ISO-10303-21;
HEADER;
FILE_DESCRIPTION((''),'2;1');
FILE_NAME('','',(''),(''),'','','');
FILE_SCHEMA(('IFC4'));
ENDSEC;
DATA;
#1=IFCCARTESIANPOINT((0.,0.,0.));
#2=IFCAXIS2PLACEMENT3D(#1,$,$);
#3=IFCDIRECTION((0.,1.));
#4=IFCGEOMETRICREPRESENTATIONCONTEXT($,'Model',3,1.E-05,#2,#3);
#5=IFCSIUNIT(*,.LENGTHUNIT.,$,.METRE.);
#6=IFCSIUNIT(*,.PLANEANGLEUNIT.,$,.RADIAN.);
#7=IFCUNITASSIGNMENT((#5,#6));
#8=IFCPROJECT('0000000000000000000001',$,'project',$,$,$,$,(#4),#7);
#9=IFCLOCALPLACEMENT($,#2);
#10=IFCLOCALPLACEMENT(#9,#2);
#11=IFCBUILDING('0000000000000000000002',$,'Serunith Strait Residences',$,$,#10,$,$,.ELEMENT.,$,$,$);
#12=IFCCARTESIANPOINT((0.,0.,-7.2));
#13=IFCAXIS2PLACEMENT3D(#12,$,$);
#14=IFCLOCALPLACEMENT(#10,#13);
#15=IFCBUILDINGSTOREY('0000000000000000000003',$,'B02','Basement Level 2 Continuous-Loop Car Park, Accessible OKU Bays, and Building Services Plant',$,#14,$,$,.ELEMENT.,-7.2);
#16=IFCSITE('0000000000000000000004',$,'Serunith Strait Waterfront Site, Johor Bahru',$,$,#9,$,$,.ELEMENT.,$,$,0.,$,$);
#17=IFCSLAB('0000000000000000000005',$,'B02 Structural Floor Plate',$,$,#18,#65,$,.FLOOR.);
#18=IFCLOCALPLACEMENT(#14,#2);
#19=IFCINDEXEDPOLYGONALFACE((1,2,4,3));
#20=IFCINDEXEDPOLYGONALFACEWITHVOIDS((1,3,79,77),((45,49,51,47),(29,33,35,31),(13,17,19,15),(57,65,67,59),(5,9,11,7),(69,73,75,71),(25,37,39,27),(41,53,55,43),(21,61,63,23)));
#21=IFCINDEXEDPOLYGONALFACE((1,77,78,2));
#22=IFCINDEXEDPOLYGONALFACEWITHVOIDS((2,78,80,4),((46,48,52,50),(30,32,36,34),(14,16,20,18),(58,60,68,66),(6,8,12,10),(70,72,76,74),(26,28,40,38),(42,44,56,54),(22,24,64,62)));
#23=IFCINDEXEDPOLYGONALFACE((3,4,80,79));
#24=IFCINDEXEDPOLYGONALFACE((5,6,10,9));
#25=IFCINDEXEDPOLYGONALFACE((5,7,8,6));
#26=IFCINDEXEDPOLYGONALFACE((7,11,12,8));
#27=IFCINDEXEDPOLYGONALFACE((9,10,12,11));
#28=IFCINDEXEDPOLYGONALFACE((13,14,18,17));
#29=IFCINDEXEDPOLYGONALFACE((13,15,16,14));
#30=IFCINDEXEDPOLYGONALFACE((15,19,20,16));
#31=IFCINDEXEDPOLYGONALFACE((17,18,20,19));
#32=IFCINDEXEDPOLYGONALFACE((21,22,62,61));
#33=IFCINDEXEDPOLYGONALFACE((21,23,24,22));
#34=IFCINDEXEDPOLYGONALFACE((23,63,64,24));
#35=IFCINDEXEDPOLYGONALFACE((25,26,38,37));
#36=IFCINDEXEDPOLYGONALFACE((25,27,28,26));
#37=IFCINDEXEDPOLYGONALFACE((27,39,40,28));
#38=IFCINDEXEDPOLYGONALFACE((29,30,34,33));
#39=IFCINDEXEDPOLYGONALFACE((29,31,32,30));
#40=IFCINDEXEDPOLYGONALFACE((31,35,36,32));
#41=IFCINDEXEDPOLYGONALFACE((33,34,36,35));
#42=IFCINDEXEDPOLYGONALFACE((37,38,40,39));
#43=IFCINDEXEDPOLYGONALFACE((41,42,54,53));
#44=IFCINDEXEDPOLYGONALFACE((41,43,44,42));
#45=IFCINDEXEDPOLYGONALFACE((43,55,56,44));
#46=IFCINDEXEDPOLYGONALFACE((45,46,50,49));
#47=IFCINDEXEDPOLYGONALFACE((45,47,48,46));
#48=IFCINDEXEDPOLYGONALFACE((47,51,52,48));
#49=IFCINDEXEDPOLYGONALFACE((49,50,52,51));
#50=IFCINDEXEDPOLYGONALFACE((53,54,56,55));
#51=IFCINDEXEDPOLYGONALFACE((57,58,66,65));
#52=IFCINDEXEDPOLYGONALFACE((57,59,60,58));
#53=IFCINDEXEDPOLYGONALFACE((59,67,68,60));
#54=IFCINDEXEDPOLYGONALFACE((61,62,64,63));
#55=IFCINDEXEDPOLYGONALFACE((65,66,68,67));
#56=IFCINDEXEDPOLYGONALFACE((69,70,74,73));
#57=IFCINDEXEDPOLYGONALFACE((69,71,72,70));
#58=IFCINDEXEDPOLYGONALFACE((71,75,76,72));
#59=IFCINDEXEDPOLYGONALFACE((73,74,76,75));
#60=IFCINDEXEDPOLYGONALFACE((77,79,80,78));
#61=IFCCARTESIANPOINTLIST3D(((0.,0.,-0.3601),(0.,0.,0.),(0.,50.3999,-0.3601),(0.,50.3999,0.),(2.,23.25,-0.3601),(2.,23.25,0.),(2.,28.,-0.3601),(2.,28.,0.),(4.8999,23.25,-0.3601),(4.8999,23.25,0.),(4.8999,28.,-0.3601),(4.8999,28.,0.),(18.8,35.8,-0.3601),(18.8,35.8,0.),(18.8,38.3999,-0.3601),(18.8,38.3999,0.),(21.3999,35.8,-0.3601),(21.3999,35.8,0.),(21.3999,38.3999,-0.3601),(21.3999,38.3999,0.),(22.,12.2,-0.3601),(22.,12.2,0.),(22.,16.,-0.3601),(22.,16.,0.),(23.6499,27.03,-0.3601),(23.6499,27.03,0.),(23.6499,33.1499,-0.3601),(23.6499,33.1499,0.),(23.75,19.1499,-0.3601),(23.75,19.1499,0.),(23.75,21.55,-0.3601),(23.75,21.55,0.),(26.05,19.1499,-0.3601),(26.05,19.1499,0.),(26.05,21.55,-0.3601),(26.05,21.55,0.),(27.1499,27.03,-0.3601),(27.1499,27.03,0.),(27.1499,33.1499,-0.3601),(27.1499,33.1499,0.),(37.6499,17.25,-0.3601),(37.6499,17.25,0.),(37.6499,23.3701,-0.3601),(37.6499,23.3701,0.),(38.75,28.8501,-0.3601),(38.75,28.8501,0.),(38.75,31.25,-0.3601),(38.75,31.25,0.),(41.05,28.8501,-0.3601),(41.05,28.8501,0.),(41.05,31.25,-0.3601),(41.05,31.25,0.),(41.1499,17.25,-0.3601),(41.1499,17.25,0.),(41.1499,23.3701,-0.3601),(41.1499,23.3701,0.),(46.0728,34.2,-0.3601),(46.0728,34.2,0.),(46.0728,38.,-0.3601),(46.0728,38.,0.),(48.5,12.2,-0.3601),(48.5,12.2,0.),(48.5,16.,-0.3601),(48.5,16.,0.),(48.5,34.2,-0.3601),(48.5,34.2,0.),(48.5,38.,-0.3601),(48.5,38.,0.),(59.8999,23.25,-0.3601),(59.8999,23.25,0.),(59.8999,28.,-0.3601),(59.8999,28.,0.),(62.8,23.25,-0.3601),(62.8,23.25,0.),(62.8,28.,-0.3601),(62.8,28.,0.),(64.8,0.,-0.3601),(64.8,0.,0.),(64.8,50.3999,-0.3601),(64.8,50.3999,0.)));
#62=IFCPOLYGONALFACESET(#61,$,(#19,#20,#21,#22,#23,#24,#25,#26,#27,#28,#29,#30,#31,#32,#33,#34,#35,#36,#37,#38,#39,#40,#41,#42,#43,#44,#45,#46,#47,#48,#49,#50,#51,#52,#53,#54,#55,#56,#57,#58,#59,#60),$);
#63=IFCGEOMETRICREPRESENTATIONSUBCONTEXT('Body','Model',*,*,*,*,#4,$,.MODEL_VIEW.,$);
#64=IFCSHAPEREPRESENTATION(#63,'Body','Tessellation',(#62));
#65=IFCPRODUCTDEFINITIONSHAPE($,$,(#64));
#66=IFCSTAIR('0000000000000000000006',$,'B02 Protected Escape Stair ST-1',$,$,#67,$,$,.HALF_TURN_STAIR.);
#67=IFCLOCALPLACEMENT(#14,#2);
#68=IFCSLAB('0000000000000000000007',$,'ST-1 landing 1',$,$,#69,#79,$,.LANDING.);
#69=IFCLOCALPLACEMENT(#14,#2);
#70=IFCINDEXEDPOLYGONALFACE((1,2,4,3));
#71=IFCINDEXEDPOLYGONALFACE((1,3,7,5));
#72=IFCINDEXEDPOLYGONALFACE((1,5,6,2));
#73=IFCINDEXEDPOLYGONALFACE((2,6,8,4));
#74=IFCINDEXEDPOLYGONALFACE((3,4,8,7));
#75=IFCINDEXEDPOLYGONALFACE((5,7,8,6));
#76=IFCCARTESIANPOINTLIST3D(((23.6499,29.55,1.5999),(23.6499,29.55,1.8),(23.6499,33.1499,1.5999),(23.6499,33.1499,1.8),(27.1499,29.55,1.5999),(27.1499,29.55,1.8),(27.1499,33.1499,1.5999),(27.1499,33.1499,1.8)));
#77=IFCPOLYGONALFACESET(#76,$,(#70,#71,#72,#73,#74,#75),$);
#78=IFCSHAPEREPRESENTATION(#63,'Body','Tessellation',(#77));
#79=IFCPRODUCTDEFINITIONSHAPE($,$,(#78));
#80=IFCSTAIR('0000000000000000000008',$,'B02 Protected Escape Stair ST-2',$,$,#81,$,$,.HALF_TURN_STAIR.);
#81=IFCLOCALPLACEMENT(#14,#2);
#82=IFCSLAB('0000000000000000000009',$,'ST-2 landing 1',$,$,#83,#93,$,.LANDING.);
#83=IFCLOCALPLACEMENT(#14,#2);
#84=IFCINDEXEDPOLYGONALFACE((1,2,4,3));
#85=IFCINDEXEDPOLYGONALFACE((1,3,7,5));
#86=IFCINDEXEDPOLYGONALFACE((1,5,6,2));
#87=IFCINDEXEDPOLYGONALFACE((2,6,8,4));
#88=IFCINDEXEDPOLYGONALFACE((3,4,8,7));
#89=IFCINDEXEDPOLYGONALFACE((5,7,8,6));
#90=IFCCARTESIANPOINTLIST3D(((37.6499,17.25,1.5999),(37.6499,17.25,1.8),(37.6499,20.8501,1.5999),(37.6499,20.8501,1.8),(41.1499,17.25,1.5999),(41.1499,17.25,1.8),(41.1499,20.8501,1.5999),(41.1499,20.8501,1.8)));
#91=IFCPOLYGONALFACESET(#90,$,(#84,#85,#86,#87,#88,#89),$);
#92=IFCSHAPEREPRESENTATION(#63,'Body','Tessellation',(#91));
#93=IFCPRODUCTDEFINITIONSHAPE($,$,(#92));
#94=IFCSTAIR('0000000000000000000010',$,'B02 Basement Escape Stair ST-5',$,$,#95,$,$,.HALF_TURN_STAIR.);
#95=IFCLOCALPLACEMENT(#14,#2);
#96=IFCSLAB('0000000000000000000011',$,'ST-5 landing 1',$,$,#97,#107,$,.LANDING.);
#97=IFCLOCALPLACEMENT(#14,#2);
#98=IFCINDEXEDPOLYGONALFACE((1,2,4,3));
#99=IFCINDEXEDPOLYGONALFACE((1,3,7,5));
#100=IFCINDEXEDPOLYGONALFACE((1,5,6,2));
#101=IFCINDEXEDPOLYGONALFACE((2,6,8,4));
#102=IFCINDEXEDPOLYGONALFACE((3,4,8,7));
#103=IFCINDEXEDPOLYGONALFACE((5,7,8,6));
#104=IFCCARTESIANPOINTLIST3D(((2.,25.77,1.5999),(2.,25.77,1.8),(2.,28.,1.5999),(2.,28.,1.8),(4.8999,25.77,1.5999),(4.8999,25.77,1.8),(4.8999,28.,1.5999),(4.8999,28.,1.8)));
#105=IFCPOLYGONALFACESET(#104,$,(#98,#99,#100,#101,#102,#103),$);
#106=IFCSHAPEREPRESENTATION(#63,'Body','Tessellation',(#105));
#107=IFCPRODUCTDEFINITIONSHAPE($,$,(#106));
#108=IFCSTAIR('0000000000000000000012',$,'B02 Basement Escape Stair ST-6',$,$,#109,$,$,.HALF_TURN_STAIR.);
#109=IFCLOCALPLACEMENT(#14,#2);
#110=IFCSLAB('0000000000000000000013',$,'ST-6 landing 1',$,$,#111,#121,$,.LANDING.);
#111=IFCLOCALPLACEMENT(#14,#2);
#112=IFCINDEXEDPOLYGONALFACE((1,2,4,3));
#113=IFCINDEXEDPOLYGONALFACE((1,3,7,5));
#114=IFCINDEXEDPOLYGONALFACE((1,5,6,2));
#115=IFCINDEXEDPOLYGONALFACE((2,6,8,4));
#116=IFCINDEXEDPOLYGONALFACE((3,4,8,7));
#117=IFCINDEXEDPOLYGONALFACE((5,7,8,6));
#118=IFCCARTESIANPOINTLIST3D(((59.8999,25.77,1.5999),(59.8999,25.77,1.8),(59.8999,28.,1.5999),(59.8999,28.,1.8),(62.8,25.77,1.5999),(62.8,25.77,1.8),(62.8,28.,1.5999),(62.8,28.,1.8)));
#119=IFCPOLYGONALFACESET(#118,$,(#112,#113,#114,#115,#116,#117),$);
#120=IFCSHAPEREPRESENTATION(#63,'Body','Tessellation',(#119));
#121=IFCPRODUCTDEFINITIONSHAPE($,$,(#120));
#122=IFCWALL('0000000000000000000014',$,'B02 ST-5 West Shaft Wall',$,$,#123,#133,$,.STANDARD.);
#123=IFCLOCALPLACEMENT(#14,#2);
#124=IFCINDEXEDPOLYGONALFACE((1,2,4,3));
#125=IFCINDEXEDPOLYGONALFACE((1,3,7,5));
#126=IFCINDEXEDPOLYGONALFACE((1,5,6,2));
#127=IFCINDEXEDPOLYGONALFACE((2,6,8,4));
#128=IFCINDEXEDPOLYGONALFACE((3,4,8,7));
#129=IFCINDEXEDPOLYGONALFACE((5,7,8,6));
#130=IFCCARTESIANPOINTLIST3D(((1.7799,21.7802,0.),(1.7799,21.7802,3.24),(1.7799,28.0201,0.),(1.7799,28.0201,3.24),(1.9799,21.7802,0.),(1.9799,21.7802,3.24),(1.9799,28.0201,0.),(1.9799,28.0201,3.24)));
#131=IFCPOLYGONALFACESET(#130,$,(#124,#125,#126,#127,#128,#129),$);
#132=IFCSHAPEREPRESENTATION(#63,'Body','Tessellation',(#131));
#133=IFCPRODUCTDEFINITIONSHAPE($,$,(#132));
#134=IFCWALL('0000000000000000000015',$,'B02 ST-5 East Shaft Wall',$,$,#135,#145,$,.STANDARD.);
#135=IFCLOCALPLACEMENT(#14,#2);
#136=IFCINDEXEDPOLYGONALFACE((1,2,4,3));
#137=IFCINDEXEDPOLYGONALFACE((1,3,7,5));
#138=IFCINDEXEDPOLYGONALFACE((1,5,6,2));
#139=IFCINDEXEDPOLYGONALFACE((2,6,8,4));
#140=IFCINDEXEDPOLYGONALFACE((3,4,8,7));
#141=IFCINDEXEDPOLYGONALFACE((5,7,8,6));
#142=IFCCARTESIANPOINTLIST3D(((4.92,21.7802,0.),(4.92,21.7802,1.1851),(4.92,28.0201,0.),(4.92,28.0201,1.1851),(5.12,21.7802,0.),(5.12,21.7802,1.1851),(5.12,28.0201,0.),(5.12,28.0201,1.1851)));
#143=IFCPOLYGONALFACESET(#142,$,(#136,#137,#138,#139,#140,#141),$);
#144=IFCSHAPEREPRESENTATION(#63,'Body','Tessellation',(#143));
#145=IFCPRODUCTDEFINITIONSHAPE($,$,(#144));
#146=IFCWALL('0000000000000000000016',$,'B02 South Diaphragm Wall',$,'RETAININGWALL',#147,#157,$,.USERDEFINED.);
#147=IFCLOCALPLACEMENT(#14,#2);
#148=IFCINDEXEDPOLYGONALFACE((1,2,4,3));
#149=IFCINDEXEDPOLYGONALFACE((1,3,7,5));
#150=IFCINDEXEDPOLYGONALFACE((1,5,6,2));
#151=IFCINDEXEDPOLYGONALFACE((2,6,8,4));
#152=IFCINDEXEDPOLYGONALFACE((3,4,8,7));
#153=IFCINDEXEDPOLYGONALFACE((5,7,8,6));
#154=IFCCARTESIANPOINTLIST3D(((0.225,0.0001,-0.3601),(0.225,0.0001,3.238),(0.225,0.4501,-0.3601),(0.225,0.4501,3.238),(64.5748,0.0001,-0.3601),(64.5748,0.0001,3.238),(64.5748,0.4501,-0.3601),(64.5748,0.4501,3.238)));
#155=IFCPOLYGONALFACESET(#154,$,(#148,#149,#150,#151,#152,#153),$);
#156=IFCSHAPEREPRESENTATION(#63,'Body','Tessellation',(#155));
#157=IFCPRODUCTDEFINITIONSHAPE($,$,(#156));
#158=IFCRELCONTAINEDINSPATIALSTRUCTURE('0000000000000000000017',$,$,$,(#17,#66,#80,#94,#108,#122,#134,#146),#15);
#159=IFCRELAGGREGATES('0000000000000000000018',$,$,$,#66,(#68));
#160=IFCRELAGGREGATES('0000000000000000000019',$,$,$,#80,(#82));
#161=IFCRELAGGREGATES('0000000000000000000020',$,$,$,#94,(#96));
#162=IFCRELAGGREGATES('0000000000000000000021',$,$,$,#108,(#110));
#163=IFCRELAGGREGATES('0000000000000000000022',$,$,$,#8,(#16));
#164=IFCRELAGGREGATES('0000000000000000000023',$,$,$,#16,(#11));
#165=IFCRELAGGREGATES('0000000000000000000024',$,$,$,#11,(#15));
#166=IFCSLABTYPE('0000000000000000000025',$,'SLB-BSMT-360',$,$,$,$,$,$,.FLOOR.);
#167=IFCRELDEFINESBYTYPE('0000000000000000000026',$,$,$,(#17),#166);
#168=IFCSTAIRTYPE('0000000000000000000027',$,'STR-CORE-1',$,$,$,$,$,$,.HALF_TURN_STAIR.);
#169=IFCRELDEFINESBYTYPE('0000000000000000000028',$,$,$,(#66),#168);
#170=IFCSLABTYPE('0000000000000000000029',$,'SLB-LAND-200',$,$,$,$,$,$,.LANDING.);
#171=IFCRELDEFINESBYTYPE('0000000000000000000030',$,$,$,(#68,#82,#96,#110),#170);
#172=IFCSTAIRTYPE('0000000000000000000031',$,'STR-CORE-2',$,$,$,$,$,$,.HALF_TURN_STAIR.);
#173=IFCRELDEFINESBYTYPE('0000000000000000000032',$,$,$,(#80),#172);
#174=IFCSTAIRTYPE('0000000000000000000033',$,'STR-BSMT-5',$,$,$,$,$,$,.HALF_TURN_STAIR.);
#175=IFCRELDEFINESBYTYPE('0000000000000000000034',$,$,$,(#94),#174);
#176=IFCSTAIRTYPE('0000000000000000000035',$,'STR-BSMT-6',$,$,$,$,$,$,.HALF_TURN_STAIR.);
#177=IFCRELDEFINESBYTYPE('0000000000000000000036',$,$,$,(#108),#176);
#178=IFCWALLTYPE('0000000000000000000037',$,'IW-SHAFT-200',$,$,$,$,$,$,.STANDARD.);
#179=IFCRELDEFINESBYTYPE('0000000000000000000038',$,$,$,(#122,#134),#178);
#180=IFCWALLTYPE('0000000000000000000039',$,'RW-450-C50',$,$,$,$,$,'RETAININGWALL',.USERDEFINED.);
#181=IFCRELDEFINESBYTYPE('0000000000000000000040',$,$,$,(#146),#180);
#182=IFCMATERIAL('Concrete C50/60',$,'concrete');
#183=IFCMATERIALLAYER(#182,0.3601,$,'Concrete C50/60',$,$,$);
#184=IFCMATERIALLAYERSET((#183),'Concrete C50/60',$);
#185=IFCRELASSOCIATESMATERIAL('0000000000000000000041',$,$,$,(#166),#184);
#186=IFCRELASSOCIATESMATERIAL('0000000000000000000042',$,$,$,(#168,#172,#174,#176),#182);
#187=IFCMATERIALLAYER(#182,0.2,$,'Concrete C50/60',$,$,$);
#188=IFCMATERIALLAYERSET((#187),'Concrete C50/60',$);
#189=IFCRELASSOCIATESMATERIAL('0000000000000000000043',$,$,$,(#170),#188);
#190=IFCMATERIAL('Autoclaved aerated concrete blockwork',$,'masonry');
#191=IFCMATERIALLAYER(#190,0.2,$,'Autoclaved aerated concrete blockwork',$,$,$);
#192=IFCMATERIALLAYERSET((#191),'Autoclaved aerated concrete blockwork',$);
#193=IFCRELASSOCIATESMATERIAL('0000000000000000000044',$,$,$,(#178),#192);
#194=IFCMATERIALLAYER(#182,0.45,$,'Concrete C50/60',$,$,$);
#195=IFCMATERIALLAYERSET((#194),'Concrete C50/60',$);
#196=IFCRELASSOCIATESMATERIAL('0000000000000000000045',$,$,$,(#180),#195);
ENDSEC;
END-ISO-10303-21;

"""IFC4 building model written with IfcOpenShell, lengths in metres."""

from ifc_helpers import new_model, si_unit, direction, frame, frame_2d, origin, place, context, subcontext, project, spatial, polyline, rectangle, outline, extrude, material, layer, layer_set, type_object, element, aggregate, save


model = new_model("IFC4")

# Units and contexts
model_context = context("Model", 3, precision=1e-05, world=origin(), true_north=direction((0.0, 1.0)))
body_context = subcontext(model_context, "Body", "Model", "MODEL_VIEW")
ifc_project = project(units=[si_unit("LENGTHUNIT", "METRE"), si_unit("PLANEANGLEUNIT", "RADIAN")], contexts=[model_context])

# Site, building, storey
site_placement = place(None, origin())
site = spatial("IfcSite", under=ifc_project, at=site_placement, Name="Serunith Strait Waterfront Site, Johor Bahru", CompositionType="ELEMENT", RefElevation=0.0)
building_placement = place(site_placement, origin())
building = spatial("IfcBuilding", under=site, at=building_placement, Name="Serunith Strait Residences", CompositionType="ELEMENT")
storey_placement = place(building_placement, frame((0.0, 0.0, -7.2)))
storey = spatial("IfcBuildingStorey", under=building, at=storey_placement, Name="B02", Description="Basement Level 2 Continuous-Loop Car Park, Accessible OKU Bays, and Building Services Plant", CompositionType="ELEMENT", Elevation=-7.2)

# Slab
ifc_material_1 = material(Name="Concrete C50/60", Category="concrete")
ifc_layer_1 = layer(ifc_material_1, 0.3601, Name="Concrete C50/60")
ifc_layer_set_1 = layer_set([ifc_layer_1], Name="Concrete C50/60")
slab_type_1 = type_object("IfcSlabType", Name="SLB-BSMT-360", PredefinedType="FLOOR", material=ifc_layer_set_1)
slab_1_placement = place(storey_placement, frame((0.0, 0.0, -0.3601)))
element("IfcSlab", 1, at=slab_1_placement, inside=storey, type_object=slab_type_1, Name="B02 Structural Floor Plate", PredefinedType="FLOOR", context=body_context, shape_type="SweptSolid", body=[
    extrude(outline(polyline([(0.0, 50.3999), (64.8, 50.3999), (64.8, 0.0), (0.0, 0.0), (0.0, 50.3999)]), holes=[polyline([(59.8999, 28.0), (59.8999, 23.25), (62.8, 23.25), (62.8, 28.0), (59.8999, 28.0)]), polyline([(48.5, 16.0), (22.0, 16.0), (22.0, 12.2), (48.5, 12.2), (48.5, 16.0)]), polyline([(48.5, 34.2), (48.5, 38.0), (46.0728, 38.0), (46.0728, 34.2), (48.5, 34.2)]), polyline([(41.1499, 17.25), (41.1499, 23.3701), (37.6499, 23.3701), (37.6499, 17.25), (41.1499, 17.25)]), polyline([(41.05, 31.25), (38.75, 31.25), (38.75, 28.8501), (41.05, 28.8501), (41.05, 31.25)]), polyline([(23.6499, 33.1499), (23.6499, 27.03), (27.1499, 27.03), (27.1499, 33.1499), (23.6499, 33.1499)]), polyline([(26.05, 21.55), (23.75, 21.55), (23.75, 19.1499), (26.05, 19.1499), (26.05, 21.55)]), polyline([(21.3999, 35.8), (21.3999, 38.3999), (18.8, 38.3999), (18.8, 35.8), (21.3999, 35.8)]), polyline([(2.0, 28.0), (2.0, 23.25), (4.8999, 23.25), (4.8999, 28.0), (2.0, 28.0)])]), origin(), (0.0, 0.0, 1.0), 0.3601),
])

# Stairs, slabs
stair_type_1 = type_object("IfcStairType", Name="STR-CORE-1", PredefinedType="HALF_TURN_STAIR", material=ifc_material_1)
stair_1_placement = place(storey_placement, origin())
stair_1 = element("IfcStair", 2, at=stair_1_placement, inside=storey, type_object=stair_type_1, Name="B02 Protected Escape Stair ST-1", PredefinedType="HALF_TURN_STAIR")
ifc_layer_2 = layer(ifc_material_1, 0.2, Name="Concrete C50/60")
ifc_layer_set_2 = layer_set([ifc_layer_2], Name="Concrete C50/60")
slab_type_2 = type_object("IfcSlabType", Name="SLB-LAND-200", PredefinedType="LANDING", material=ifc_layer_set_2)
slab_2_placement = place(storey_placement, frame((0.0, 0.0, 1.5999)))
slab_2 = element("IfcSlab", 3, at=slab_2_placement, type_object=slab_type_2, Name="ST-1 landing 1", PredefinedType="LANDING", context=body_context, shape_type="SweptSolid", body=[
    extrude(outline(polyline([(27.1499, 29.55), (27.1499, 33.1499), (23.6499, 33.1499), (23.6499, 29.55), (27.1499, 29.55)])), origin(), (0.0, 0.0, 1.0), 0.2002),
])
aggregate(stair_1, [slab_2])
stair_type_2 = type_object("IfcStairType", Name="STR-CORE-2", PredefinedType="HALF_TURN_STAIR", material=ifc_material_1)
stair_2_placement = place(storey_placement, origin())
stair_2 = element("IfcStair", 4, at=stair_2_placement, inside=storey, type_object=stair_type_2, Name="B02 Protected Escape Stair ST-2", PredefinedType="HALF_TURN_STAIR")
slab_3_placement = place(storey_placement, frame((0.0, 0.0, 1.5999)))
slab_3 = element("IfcSlab", 5, at=slab_3_placement, type_object=slab_type_2, Name="ST-2 landing 1", PredefinedType="LANDING", context=body_context, shape_type="SweptSolid", body=[
    extrude(outline(polyline([(37.6499, 20.8501), (37.6499, 17.25), (41.1499, 17.25), (41.1499, 20.8501), (37.6499, 20.8501)])), origin(), (0.0, 0.0, 1.0), 0.2002),
])
aggregate(stair_2, [slab_3])
stair_type_3 = type_object("IfcStairType", Name="STR-BSMT-5", PredefinedType="HALF_TURN_STAIR", material=ifc_material_1)
stair_3_placement = place(storey_placement, origin())
stair_3 = element("IfcStair", 6, at=stair_3_placement, inside=storey, type_object=stair_type_3, Name="B02 Basement Escape Stair ST-5", PredefinedType="HALF_TURN_STAIR")
slab_4_placement = place(storey_placement, frame((0.0, 0.0, 1.5999)))
slab_4 = element("IfcSlab", 7, at=slab_4_placement, type_object=slab_type_2, Name="ST-5 landing 1", PredefinedType="LANDING", context=body_context, shape_type="SweptSolid", body=[
    extrude(outline(polyline([(4.8999, 25.77), (4.8999, 28.0), (2.0, 28.0), (2.0, 25.77), (4.8999, 25.77)])), origin(), (0.0, 0.0, 1.0), 0.2002),
])
aggregate(stair_3, [slab_4])
stair_type_4 = type_object("IfcStairType", Name="STR-BSMT-6", PredefinedType="HALF_TURN_STAIR", material=ifc_material_1)
stair_4_placement = place(storey_placement, origin())
stair_4 = element("IfcStair", 8, at=stair_4_placement, inside=storey, type_object=stair_type_4, Name="B02 Basement Escape Stair ST-6", PredefinedType="HALF_TURN_STAIR")
slab_5_placement = place(storey_placement, frame((0.0, 0.0, 1.5999)))
slab_5 = element("IfcSlab", 9, at=slab_5_placement, type_object=slab_type_2, Name="ST-6 landing 1", PredefinedType="LANDING", context=body_context, shape_type="SweptSolid", body=[
    extrude(outline(polyline([(62.8, 25.77), (62.8, 28.0), (59.8999, 28.0), (59.8999, 25.77), (62.8, 25.77)])), origin(), (0.0, 0.0, 1.0), 0.2002),
])
aggregate(stair_4, [slab_5])

# Shared definitions
ifc_material_2 = material(Name="Autoclaved aerated concrete blockwork", Category="masonry")
ifc_layer_3 = layer(ifc_material_2, 0.2, Name="Autoclaved aerated concrete blockwork")
ifc_layer_set_3 = layer_set([ifc_layer_3], Name="Autoclaved aerated concrete blockwork")
wall_type_1 = type_object("IfcWallType", Name="IW-SHAFT-200", PredefinedType="STANDARD", material=ifc_layer_set_3)

# Walls
wall_1_placement = place(storey_placement, frame((1.8799, 21.78, 0.0), z_axis=(0.0, 0.0, 1.0), x_axis=(0.0, 1.0, 0.0)))
element("IfcWall", 10, at=wall_1_placement, inside=storey, type_object=wall_type_1, Name="B02 ST-5 West Shaft Wall", PredefinedType="STANDARD", context=body_context, shape_type="SweptSolid", body=[
    extrude(rectangle(XDim=6.24, YDim=0.2, at=frame_2d((3.1201, 0.0))), origin(), (0.0, 0.0, 1.0), 3.24),
])
wall_2_placement = place(storey_placement, frame((5.02, 21.78, 0.0), z_axis=(0.0, 0.0, 1.0), x_axis=(0.0, 1.0, 0.0)))
element("IfcWall", 11, at=wall_2_placement, inside=storey, type_object=wall_type_1, Name="B02 ST-5 East Shaft Wall", PredefinedType="STANDARD", context=body_context, shape_type="SweptSolid", body=[
    extrude(rectangle(XDim=6.24, YDim=0.2, at=frame_2d((3.1201, 0.0))), origin(), (0.0, 0.0, 1.0), 1.1851),
])
ifc_layer_4 = layer(ifc_material_1, 0.45, Name="Concrete C50/60")
ifc_layer_set_4 = layer_set([ifc_layer_4], Name="Concrete C50/60")
wall_type_2 = type_object("IfcWallType", Name="RW-450-C50", ElementType="RETAININGWALL", PredefinedType="USERDEFINED", material=ifc_layer_set_4)
wall_3_placement = place(storey_placement, frame((0.2251, 0.2251, -0.3601), z_axis=(0.0, 0.0, 1.0), x_axis=(1.0, 0.0, 0.0)))
element("IfcWall", 12, at=wall_3_placement, inside=storey, type_object=wall_type_2, Name="B02 South Diaphragm Wall", ObjectType="RETAININGWALL", PredefinedType="USERDEFINED", context=body_context, shape_type="SweptSolid", body=[
    extrude(rectangle(XDim=64.3499, YDim=0.45, at=frame_2d((32.1748, 0.0))), origin(), (0.0, 0.0, 1.0), 3.5981),
])

save(model, "model.ifc")
